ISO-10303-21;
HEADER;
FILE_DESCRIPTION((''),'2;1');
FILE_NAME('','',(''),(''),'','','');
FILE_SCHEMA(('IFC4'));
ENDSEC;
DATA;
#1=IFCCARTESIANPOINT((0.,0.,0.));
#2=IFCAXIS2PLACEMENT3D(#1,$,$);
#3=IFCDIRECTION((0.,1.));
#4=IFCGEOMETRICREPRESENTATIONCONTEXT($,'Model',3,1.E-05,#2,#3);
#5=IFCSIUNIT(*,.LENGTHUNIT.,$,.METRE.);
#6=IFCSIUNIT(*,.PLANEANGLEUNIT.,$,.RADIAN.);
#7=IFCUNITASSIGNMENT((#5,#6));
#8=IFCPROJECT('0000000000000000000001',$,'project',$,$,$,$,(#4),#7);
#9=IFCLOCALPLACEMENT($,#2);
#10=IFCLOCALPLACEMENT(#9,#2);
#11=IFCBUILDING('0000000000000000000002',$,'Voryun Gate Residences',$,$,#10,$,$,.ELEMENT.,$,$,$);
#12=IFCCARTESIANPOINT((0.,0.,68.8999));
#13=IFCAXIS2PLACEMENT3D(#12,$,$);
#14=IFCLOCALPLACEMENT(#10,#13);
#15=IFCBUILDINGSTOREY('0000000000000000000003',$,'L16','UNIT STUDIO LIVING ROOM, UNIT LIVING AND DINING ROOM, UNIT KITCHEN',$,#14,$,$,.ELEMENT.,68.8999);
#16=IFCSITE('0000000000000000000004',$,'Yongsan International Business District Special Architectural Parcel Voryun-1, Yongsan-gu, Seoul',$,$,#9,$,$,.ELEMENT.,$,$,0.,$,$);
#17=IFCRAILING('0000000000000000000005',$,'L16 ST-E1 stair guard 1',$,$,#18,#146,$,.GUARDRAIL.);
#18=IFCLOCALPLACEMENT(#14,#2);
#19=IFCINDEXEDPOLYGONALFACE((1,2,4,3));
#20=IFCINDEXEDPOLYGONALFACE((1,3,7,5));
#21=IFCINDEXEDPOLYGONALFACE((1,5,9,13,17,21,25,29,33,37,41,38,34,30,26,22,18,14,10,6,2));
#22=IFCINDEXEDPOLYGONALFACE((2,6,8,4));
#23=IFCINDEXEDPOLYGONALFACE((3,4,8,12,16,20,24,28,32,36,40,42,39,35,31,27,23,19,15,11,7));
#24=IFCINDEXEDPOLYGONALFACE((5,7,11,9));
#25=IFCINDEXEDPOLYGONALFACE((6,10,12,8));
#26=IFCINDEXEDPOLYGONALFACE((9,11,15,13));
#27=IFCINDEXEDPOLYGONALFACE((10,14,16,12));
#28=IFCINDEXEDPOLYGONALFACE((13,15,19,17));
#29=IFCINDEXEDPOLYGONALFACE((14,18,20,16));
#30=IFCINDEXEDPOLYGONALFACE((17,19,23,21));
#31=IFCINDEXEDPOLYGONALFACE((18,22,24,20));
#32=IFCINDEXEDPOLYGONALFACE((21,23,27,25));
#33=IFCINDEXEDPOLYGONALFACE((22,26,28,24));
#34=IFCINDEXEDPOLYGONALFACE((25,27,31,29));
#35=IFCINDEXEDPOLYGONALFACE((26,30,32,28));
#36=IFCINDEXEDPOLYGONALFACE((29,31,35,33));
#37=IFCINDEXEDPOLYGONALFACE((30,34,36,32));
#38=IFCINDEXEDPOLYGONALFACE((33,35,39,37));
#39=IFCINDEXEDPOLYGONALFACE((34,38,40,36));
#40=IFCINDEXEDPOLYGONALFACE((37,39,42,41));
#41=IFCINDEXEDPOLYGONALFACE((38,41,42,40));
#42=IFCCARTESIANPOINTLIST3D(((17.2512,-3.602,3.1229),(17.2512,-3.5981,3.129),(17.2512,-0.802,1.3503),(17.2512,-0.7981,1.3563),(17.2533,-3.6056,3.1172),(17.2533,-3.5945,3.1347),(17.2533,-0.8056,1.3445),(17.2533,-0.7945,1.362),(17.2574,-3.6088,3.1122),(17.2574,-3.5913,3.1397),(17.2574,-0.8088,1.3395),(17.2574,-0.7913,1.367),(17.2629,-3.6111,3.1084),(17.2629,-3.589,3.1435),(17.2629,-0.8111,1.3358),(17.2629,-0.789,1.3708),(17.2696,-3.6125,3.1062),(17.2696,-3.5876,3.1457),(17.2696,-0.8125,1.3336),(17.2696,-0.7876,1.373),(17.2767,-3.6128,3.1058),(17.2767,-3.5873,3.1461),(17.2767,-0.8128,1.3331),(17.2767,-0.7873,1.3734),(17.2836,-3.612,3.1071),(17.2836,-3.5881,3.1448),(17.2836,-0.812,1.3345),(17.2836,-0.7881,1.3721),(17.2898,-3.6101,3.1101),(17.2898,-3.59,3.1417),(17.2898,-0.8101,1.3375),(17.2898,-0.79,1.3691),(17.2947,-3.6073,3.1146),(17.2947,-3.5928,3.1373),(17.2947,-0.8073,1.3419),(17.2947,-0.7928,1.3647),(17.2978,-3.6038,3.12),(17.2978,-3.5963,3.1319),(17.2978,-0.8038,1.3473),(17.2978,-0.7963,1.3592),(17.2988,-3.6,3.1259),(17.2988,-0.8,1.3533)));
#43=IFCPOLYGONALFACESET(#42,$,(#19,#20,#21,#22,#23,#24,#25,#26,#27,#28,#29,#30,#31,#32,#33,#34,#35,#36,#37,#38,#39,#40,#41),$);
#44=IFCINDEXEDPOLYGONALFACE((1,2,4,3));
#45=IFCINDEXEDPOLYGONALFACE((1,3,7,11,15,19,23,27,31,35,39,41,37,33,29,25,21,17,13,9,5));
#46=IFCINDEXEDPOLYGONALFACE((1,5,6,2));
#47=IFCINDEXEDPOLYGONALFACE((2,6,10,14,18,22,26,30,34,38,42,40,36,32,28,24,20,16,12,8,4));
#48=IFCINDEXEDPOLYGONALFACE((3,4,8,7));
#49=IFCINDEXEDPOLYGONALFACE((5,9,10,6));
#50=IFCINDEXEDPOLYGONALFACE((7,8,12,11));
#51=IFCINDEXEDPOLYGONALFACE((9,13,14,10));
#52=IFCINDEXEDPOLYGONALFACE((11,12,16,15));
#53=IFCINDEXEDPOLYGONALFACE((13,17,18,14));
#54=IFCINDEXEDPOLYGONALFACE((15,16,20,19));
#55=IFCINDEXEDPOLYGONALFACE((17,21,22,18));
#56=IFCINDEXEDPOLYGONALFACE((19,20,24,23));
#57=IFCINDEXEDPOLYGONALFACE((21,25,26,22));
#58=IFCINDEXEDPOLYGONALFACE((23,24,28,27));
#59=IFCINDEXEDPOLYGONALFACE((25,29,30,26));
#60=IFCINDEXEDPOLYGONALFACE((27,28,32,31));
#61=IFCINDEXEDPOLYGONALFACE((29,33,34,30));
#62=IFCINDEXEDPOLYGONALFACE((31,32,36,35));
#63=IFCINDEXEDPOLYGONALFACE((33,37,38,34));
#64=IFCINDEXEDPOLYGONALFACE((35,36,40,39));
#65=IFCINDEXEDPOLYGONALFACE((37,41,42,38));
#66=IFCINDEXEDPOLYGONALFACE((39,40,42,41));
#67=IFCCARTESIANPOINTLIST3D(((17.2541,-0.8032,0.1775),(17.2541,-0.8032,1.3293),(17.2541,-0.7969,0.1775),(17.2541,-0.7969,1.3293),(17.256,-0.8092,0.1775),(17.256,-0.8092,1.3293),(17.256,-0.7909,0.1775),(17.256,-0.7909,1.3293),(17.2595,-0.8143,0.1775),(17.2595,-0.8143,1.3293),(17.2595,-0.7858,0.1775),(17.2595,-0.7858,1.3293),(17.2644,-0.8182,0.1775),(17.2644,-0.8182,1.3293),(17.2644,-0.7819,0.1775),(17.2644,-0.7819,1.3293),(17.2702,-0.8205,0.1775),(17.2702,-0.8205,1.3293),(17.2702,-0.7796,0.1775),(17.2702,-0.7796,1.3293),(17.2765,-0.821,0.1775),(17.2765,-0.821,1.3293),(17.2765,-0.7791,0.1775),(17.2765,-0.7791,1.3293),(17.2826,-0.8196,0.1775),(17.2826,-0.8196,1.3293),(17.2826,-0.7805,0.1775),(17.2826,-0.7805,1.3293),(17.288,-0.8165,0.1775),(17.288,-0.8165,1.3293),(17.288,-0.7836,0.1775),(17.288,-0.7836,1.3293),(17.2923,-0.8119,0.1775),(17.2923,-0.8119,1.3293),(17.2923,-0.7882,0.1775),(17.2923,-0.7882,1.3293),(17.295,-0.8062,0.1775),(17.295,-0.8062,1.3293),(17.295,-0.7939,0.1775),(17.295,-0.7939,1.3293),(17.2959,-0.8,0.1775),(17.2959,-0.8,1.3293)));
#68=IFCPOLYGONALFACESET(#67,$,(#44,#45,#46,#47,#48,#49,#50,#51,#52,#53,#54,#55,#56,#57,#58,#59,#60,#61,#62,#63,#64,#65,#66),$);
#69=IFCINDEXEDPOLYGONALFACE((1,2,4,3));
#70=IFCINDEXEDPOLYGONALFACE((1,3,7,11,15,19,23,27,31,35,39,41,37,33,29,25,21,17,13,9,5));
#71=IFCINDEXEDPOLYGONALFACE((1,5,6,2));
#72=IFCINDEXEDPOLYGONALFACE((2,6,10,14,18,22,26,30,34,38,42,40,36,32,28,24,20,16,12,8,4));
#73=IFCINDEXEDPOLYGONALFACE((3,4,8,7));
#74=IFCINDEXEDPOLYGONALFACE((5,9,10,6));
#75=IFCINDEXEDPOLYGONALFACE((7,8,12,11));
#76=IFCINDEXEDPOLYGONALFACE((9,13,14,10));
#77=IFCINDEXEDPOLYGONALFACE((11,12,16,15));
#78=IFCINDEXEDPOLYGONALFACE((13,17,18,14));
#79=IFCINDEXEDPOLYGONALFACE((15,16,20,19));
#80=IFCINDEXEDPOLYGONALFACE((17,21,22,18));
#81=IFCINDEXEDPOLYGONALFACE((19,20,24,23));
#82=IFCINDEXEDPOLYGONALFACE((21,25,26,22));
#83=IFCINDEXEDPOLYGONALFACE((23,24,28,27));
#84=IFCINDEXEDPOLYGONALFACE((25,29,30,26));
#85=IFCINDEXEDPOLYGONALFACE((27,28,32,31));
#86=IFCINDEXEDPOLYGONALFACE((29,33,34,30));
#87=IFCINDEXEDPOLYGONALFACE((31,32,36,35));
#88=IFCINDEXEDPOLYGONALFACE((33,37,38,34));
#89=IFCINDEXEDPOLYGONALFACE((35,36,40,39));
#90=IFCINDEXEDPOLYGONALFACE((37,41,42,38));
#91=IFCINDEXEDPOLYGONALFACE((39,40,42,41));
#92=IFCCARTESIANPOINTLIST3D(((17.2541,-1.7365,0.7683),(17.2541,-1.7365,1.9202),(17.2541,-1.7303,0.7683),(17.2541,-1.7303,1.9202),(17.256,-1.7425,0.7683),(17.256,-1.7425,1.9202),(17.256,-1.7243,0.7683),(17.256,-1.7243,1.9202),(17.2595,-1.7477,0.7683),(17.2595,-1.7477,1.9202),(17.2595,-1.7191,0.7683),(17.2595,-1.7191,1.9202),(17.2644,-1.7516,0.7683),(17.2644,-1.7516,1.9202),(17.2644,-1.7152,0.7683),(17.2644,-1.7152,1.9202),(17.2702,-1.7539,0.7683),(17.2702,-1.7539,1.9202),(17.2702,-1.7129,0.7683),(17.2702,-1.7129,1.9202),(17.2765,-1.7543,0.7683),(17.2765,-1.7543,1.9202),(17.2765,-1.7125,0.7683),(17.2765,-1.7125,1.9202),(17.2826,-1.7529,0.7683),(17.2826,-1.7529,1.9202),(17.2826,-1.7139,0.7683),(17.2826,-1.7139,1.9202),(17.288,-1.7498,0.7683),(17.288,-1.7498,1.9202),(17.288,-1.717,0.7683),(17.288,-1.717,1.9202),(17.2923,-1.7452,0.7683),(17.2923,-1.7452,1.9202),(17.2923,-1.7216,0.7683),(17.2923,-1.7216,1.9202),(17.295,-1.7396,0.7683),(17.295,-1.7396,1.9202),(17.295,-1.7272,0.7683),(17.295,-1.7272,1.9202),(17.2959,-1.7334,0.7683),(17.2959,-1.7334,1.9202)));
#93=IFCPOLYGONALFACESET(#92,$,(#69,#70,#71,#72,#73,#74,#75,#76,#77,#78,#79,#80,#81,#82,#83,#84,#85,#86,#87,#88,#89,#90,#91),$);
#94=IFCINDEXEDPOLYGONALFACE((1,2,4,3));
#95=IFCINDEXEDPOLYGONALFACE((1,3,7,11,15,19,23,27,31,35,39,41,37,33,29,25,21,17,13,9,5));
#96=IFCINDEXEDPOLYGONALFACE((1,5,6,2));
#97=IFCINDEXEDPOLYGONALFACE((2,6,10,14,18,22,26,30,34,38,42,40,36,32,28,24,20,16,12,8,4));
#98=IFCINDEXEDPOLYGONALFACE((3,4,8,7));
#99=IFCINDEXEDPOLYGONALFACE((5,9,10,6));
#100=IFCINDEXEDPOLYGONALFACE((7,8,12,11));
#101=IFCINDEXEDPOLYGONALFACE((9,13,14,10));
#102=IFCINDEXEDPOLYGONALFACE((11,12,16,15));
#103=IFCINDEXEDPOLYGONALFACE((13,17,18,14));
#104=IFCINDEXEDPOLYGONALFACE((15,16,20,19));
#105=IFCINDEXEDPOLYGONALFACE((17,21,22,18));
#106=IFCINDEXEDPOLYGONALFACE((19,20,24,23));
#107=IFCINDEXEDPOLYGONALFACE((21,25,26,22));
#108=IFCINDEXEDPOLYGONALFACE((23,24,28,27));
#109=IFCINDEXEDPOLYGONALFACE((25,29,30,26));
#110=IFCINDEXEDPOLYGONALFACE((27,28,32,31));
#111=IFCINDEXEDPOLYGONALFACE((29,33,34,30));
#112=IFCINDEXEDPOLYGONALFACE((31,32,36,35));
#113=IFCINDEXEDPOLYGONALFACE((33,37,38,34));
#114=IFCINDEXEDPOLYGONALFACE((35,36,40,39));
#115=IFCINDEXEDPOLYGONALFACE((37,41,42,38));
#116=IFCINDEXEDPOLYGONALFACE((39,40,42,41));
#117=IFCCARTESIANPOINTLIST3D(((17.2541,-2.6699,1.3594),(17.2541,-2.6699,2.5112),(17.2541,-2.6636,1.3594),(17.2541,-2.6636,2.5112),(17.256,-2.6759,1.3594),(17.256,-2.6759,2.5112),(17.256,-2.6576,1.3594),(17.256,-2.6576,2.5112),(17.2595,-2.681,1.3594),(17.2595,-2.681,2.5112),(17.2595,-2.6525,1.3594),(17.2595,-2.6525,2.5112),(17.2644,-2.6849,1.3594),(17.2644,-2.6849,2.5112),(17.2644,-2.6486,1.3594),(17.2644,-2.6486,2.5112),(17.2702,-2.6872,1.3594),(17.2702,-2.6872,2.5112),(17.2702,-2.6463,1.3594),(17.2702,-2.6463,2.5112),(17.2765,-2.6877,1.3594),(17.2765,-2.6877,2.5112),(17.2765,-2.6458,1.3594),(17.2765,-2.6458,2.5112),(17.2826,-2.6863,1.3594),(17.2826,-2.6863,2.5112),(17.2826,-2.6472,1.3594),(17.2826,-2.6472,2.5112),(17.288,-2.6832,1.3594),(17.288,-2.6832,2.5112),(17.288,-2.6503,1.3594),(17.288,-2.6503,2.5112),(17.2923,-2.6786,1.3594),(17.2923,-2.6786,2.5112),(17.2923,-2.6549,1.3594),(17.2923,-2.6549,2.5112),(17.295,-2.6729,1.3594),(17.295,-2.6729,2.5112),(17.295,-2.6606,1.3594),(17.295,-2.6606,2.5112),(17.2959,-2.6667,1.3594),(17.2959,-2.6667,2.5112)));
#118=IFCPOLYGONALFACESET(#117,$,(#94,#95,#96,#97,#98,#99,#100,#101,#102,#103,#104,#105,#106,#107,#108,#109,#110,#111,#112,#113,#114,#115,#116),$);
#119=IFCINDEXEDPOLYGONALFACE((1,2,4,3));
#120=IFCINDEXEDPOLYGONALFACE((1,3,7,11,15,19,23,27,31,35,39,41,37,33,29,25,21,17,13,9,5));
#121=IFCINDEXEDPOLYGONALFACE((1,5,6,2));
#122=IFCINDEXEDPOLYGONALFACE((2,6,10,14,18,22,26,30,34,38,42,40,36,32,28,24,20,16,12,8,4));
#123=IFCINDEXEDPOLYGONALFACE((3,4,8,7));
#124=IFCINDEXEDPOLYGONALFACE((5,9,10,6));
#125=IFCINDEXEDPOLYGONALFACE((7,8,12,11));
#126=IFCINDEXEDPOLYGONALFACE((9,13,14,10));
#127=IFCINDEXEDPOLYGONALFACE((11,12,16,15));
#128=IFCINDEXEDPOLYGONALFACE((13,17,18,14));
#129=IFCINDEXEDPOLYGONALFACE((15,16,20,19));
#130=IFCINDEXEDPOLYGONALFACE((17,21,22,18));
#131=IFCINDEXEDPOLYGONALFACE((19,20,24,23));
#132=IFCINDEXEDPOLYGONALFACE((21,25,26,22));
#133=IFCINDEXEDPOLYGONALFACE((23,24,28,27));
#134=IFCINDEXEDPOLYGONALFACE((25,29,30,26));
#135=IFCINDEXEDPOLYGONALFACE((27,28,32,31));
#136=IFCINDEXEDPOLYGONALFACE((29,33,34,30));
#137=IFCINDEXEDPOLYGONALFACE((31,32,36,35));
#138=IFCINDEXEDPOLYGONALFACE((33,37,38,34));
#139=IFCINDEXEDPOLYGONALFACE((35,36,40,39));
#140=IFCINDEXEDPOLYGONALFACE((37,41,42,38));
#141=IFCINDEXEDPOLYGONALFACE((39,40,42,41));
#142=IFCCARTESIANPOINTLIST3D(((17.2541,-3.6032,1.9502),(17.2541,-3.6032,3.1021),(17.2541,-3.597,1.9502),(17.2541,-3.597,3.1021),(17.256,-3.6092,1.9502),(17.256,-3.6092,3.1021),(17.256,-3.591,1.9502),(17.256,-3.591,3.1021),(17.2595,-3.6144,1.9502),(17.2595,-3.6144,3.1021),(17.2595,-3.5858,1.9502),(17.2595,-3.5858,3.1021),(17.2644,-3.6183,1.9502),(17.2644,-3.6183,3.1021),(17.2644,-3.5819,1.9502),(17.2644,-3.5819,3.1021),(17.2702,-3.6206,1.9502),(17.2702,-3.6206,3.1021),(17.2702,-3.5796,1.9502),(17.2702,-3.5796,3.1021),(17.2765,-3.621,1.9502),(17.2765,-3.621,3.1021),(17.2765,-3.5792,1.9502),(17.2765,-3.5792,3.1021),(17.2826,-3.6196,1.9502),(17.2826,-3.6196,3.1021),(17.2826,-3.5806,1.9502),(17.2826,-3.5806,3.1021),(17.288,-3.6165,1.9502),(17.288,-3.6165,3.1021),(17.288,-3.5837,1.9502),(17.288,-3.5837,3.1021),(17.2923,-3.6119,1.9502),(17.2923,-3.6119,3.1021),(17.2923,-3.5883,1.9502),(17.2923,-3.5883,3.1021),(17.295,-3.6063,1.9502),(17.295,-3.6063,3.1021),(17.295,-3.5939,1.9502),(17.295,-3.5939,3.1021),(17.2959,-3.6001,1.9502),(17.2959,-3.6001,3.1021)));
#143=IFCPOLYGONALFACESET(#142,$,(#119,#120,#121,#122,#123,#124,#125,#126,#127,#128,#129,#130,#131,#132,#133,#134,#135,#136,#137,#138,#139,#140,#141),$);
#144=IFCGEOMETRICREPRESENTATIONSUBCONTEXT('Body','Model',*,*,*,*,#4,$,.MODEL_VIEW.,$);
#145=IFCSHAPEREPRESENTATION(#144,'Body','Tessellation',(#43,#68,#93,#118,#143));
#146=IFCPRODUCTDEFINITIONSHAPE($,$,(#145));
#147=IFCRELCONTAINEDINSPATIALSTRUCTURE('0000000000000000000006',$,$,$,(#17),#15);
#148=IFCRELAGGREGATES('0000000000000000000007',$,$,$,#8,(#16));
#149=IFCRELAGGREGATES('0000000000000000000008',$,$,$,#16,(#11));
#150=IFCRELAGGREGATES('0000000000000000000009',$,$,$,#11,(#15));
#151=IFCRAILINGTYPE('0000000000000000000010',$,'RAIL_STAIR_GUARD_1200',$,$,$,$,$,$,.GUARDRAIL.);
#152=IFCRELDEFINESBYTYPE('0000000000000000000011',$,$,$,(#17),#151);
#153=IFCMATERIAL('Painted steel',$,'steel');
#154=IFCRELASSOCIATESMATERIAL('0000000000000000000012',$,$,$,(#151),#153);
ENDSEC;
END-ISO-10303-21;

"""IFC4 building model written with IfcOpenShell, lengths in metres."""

from ifc_helpers import new_model, si_unit, direction, frame, origin, origin_2d, place, context, subcontext, project, spatial, circle, extrude, material, type_object, element, save


model = new_model("IFC4")

# Units and contexts
model_context = context("Model", 3, precision=1e-05, world=origin(), true_north=direction((0.0, 1.0)))
body_context = subcontext(model_context, "Body", "Model", "MODEL_VIEW")
ifc_project = project(units=[si_unit("LENGTHUNIT", "METRE"), si_unit("PLANEANGLEUNIT", "RADIAN")], contexts=[model_context])

# Site, building, storey
site_placement = place(None, origin())
site = spatial("IfcSite", under=ifc_project, at=site_placement, Name="Yongsan International Business District Special Architectural Parcel Voryun-1, Yongsan-gu, Seoul", CompositionType="ELEMENT", RefElevation=0.0)
building_placement = place(site_placement, origin())
building = spatial("IfcBuilding", under=site, at=building_placement, Name="Voryun Gate Residences", CompositionType="ELEMENT")
storey_placement = place(building_placement, frame((0.0, 0.0, 68.8999)))
storey = spatial("IfcBuildingStorey", under=building, at=storey_placement, Name="L16", Description="UNIT STUDIO LIVING ROOM, UNIT LIVING AND DINING ROOM, UNIT KITCHEN", CompositionType="ELEMENT", Elevation=68.8999)

# Railing
ifc_material_1 = material(Name="Painted steel", Category="steel")
railing_type_1 = type_object("IfcRailingType", Name="RAIL_STAIR_GUARD_1200", PredefinedType="GUARDRAIL", material=ifc_material_1)
railing_1_placement = place(storey_placement, frame((17.2749, -0.8, 0.1775)))
element("IfcRailing", 1, at=railing_1_placement, inside=storey, type_object=railing_type_1, Name="L16 ST-E1 stair guard 1", PredefinedType="GUARDRAIL", context=body_context, shape_type="SweptSolid", body=[
    extrude(circle(Radius=0.0239, at=origin_2d()), frame((0.0, 0.0, 1.1758), z_axis=(0.0, -0.844909, 0.53491), x_axis=(1.0, 0.0, 0.0)), (0.0, 0.0, 1.0), 3.314),
    extrude(circle(Radius=0.021, at=origin_2d()), origin(), (0.0, 0.0, 1.0), 1.1519),
    extrude(circle(Radius=0.021, at=origin_2d()), frame((0.0, -0.9333, 0.5908)), (0.0, 0.0, 1.0), 1.1519),
    extrude(circle(Radius=0.021, at=origin_2d()), frame((0.0, -1.8667, 1.1819)), (0.0, 0.0, 1.0), 1.1519),
    extrude(circle(Radius=0.021, at=origin_2d()), frame((0.0, -2.8, 1.7727)), (0.0, 0.0, 1.0), 1.1519),
])

save(model, "model.ifc")
